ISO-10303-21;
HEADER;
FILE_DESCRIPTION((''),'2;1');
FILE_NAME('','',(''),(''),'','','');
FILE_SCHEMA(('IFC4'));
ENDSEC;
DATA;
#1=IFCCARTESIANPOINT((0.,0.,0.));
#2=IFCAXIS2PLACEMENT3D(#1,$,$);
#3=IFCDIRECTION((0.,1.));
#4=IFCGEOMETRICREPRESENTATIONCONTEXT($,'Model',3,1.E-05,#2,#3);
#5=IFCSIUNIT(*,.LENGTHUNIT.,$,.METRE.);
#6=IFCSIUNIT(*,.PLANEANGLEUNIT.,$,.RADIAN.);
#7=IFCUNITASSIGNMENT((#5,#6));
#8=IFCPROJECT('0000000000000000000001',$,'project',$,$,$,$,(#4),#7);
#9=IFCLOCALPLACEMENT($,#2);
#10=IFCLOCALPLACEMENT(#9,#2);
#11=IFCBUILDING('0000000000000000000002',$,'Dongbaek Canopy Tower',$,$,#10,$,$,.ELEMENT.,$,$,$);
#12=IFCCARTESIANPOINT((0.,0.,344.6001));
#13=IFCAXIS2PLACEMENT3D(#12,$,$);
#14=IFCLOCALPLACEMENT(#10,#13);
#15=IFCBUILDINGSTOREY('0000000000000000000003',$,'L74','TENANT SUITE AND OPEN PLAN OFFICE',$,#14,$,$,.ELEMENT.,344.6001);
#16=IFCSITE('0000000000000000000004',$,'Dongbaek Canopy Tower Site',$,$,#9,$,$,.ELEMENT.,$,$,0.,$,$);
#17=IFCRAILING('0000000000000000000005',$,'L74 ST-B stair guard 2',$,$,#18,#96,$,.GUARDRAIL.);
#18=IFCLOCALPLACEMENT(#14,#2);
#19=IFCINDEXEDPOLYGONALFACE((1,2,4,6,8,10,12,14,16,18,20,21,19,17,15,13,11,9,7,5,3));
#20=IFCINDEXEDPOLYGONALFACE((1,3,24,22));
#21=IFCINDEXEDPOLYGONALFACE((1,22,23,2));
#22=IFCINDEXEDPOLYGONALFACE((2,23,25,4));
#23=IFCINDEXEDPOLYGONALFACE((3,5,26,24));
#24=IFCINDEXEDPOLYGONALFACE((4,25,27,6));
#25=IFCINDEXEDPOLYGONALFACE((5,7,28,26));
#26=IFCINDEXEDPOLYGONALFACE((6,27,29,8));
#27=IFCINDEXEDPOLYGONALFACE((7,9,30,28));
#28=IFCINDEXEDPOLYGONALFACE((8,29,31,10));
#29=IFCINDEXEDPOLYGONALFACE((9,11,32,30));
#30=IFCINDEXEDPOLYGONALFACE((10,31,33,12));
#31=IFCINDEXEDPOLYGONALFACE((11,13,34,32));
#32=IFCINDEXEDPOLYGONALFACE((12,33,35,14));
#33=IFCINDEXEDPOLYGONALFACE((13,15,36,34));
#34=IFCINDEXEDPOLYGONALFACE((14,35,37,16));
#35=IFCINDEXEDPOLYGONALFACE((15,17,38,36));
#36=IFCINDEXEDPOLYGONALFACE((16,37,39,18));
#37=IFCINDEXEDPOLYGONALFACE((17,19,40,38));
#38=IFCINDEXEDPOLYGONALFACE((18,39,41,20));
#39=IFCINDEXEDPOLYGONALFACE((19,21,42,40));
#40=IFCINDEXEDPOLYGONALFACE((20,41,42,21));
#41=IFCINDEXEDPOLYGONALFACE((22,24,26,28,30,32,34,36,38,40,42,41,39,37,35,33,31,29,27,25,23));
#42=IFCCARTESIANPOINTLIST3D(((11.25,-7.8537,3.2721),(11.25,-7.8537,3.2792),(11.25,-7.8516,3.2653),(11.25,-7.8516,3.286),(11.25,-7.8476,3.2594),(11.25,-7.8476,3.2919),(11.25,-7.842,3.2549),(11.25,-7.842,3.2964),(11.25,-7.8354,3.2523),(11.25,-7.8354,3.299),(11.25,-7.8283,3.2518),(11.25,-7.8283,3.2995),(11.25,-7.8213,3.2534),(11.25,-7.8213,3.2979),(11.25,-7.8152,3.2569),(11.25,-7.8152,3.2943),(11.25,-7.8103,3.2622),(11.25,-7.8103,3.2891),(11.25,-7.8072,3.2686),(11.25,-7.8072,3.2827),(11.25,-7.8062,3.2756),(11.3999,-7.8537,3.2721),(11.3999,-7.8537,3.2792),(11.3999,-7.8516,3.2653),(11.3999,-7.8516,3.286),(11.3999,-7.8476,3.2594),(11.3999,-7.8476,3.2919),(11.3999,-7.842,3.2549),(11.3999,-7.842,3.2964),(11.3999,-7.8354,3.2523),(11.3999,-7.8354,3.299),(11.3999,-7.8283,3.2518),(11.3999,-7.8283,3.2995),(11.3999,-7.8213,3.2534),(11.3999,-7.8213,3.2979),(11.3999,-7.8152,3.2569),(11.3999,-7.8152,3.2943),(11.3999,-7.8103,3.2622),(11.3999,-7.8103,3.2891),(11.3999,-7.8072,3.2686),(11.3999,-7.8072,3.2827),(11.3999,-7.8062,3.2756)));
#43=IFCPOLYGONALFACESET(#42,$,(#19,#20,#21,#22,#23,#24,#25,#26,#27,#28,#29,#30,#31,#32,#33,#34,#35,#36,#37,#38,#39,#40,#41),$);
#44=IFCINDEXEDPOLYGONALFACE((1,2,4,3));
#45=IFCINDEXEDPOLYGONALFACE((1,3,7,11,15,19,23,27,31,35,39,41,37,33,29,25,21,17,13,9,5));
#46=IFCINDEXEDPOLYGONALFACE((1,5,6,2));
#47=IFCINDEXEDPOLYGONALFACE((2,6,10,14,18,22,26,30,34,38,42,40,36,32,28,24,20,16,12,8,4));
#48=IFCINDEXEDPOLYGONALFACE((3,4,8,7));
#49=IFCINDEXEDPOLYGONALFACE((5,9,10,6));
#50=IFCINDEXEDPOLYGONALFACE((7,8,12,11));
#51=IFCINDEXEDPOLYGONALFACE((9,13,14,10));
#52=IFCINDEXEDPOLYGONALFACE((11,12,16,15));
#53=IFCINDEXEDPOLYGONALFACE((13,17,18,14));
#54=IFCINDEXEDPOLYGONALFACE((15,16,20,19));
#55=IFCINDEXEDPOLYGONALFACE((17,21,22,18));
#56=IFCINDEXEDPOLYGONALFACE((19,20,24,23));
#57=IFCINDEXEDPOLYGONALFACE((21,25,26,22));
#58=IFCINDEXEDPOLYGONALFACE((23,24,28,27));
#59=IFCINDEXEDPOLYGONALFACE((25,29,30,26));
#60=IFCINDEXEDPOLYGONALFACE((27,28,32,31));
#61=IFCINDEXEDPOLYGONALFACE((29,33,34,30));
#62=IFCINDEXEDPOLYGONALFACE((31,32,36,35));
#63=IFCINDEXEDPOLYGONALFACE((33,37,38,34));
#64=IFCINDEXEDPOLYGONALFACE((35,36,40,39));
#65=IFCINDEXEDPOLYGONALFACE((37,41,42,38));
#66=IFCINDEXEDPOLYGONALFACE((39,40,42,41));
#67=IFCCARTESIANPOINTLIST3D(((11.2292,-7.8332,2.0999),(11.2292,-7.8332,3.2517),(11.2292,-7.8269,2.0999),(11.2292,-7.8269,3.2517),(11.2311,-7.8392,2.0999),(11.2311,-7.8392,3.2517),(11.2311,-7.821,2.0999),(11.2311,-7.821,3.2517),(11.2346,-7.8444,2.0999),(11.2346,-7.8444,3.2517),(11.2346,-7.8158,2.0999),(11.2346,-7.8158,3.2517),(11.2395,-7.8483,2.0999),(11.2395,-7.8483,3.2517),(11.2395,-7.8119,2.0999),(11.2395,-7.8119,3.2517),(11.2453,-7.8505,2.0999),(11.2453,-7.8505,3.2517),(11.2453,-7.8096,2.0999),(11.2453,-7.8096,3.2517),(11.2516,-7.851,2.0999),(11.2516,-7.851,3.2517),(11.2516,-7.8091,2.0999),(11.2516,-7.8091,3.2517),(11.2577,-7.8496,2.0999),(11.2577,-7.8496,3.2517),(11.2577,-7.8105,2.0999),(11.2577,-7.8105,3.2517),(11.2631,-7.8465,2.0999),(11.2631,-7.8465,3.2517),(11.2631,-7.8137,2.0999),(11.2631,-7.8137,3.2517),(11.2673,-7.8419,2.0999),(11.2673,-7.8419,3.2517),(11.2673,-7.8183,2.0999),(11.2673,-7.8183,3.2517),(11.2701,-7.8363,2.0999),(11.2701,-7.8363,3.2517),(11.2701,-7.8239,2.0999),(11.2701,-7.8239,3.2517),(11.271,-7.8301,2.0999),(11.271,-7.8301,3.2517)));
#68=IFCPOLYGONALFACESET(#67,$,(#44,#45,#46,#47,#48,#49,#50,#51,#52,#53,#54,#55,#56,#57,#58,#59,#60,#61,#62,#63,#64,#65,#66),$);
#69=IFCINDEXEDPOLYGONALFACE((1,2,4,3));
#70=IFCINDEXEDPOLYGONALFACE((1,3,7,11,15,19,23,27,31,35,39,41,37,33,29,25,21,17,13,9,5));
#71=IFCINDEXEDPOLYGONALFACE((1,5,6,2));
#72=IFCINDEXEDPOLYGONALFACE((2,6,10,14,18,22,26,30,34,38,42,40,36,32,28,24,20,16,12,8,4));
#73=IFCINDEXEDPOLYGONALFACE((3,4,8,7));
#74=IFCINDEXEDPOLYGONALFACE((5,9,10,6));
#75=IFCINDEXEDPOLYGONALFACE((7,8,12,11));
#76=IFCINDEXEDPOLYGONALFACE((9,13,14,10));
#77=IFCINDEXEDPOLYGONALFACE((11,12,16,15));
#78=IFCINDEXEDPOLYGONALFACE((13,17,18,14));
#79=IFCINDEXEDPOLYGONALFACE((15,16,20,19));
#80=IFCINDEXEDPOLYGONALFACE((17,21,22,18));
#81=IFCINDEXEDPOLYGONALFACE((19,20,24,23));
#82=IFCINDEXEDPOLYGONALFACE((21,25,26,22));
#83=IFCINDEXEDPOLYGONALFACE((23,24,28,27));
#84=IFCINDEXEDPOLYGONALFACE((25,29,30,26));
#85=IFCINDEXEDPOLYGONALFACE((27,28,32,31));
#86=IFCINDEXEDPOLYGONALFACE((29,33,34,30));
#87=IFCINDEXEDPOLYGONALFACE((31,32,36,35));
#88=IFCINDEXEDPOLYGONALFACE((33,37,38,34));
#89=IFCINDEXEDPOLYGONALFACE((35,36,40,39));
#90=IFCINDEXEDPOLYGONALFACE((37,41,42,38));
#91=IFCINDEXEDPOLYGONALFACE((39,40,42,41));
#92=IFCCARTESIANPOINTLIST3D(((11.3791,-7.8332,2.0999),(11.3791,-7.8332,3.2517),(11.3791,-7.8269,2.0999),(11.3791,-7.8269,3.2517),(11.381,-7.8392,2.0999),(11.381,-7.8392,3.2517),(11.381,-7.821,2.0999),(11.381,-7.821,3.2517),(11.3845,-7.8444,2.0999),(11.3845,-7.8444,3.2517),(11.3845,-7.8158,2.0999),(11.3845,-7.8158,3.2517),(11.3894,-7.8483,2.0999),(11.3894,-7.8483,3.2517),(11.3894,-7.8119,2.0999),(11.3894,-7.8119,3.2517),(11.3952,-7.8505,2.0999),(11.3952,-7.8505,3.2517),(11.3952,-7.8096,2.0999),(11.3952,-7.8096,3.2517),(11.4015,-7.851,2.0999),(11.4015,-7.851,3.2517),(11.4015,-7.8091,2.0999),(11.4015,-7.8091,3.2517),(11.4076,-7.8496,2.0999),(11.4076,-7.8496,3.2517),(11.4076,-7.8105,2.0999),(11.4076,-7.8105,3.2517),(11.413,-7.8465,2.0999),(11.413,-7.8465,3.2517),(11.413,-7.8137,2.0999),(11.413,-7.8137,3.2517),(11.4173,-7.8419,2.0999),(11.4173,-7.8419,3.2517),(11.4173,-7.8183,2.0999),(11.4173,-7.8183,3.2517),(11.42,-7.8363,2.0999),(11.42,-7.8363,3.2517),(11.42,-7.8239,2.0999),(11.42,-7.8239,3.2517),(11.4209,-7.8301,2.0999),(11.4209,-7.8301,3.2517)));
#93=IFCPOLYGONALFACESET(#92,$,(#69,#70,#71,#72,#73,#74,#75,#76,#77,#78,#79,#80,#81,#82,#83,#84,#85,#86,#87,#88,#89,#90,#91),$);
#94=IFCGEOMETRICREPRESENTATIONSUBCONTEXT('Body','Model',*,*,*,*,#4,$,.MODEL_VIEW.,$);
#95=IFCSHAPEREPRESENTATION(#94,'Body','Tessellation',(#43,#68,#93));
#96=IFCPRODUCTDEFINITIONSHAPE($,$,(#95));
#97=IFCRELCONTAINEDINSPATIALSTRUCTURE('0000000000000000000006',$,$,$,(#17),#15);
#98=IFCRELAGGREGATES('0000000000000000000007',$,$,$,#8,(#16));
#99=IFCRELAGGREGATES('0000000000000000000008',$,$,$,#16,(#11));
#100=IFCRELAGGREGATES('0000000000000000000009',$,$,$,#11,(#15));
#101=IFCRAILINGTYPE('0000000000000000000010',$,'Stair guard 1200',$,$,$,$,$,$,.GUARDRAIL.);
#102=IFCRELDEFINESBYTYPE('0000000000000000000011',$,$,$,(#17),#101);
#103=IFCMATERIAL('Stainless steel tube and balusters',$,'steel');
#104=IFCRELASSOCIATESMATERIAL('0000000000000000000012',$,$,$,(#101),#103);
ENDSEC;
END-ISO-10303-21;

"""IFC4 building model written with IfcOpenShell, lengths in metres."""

from ifc_helpers import new_model, si_unit, direction, frame, origin, origin_2d, place, context, subcontext, project, spatial, circle, extrude, material, type_object, element, save


model = new_model("IFC4")

# Units and contexts
model_context = context("Model", 3, precision=1e-05, world=origin(), true_north=direction((0.0, 1.0)))
body_context = subcontext(model_context, "Body", "Model", "MODEL_VIEW")
ifc_project = project(units=[si_unit("LENGTHUNIT", "METRE"), si_unit("PLANEANGLEUNIT", "RADIAN")], contexts=[model_context])

# Site, building, storey
site_placement = place(None, origin())
site = spatial("IfcSite", under=ifc_project, at=site_placement, Name="Dongbaek Canopy Tower Site", CompositionType="ELEMENT", RefElevation=0.0)
building_placement = place(site_placement, origin())
building = spatial("IfcBuilding", under=site, at=building_placement, Name="Dongbaek Canopy Tower", CompositionType="ELEMENT")
storey_placement = place(building_placement, frame((0.0, 0.0, 344.6001)))
storey = spatial("IfcBuildingStorey", under=building, at=storey_placement, Name="L74", Description="TENANT SUITE AND OPEN PLAN OFFICE", CompositionType="ELEMENT", Elevation=344.6001)

# Railing
ifc_material_1 = material(Name="Stainless steel tube and balusters", Category="steel")
railing_type_1 = type_object("IfcRailingType", Name="Stair guard 1200", PredefinedType="GUARDRAIL", material=ifc_material_1)
railing_1_placement = place(storey_placement, frame((11.25, -7.8301, 2.0999)))
element("IfcRailing", 1, at=railing_1_placement, inside=storey, type_object=railing_type_1, Name="L74 ST-B stair guard 2", PredefinedType="GUARDRAIL", context=body_context, shape_type="SweptSolid", body=[
    extrude(circle(Radius=0.0239, at=origin_2d()), frame((0.0, 0.0, 1.1758), z_axis=(1.0, 0.0, 0.0), x_axis=(0.0, 1.0, 0.0)), (0.0, 0.0, 1.0), 0.1499),
    extrude(circle(Radius=0.021, at=origin_2d()), origin(), (0.0, 0.0, 1.0), 1.1519),
    extrude(circle(Radius=0.021, at=origin_2d()), frame((0.1499, 0.0, 0.0)), (0.0, 0.0, 1.0), 1.1519),
])

save(model, "model.ifc")
